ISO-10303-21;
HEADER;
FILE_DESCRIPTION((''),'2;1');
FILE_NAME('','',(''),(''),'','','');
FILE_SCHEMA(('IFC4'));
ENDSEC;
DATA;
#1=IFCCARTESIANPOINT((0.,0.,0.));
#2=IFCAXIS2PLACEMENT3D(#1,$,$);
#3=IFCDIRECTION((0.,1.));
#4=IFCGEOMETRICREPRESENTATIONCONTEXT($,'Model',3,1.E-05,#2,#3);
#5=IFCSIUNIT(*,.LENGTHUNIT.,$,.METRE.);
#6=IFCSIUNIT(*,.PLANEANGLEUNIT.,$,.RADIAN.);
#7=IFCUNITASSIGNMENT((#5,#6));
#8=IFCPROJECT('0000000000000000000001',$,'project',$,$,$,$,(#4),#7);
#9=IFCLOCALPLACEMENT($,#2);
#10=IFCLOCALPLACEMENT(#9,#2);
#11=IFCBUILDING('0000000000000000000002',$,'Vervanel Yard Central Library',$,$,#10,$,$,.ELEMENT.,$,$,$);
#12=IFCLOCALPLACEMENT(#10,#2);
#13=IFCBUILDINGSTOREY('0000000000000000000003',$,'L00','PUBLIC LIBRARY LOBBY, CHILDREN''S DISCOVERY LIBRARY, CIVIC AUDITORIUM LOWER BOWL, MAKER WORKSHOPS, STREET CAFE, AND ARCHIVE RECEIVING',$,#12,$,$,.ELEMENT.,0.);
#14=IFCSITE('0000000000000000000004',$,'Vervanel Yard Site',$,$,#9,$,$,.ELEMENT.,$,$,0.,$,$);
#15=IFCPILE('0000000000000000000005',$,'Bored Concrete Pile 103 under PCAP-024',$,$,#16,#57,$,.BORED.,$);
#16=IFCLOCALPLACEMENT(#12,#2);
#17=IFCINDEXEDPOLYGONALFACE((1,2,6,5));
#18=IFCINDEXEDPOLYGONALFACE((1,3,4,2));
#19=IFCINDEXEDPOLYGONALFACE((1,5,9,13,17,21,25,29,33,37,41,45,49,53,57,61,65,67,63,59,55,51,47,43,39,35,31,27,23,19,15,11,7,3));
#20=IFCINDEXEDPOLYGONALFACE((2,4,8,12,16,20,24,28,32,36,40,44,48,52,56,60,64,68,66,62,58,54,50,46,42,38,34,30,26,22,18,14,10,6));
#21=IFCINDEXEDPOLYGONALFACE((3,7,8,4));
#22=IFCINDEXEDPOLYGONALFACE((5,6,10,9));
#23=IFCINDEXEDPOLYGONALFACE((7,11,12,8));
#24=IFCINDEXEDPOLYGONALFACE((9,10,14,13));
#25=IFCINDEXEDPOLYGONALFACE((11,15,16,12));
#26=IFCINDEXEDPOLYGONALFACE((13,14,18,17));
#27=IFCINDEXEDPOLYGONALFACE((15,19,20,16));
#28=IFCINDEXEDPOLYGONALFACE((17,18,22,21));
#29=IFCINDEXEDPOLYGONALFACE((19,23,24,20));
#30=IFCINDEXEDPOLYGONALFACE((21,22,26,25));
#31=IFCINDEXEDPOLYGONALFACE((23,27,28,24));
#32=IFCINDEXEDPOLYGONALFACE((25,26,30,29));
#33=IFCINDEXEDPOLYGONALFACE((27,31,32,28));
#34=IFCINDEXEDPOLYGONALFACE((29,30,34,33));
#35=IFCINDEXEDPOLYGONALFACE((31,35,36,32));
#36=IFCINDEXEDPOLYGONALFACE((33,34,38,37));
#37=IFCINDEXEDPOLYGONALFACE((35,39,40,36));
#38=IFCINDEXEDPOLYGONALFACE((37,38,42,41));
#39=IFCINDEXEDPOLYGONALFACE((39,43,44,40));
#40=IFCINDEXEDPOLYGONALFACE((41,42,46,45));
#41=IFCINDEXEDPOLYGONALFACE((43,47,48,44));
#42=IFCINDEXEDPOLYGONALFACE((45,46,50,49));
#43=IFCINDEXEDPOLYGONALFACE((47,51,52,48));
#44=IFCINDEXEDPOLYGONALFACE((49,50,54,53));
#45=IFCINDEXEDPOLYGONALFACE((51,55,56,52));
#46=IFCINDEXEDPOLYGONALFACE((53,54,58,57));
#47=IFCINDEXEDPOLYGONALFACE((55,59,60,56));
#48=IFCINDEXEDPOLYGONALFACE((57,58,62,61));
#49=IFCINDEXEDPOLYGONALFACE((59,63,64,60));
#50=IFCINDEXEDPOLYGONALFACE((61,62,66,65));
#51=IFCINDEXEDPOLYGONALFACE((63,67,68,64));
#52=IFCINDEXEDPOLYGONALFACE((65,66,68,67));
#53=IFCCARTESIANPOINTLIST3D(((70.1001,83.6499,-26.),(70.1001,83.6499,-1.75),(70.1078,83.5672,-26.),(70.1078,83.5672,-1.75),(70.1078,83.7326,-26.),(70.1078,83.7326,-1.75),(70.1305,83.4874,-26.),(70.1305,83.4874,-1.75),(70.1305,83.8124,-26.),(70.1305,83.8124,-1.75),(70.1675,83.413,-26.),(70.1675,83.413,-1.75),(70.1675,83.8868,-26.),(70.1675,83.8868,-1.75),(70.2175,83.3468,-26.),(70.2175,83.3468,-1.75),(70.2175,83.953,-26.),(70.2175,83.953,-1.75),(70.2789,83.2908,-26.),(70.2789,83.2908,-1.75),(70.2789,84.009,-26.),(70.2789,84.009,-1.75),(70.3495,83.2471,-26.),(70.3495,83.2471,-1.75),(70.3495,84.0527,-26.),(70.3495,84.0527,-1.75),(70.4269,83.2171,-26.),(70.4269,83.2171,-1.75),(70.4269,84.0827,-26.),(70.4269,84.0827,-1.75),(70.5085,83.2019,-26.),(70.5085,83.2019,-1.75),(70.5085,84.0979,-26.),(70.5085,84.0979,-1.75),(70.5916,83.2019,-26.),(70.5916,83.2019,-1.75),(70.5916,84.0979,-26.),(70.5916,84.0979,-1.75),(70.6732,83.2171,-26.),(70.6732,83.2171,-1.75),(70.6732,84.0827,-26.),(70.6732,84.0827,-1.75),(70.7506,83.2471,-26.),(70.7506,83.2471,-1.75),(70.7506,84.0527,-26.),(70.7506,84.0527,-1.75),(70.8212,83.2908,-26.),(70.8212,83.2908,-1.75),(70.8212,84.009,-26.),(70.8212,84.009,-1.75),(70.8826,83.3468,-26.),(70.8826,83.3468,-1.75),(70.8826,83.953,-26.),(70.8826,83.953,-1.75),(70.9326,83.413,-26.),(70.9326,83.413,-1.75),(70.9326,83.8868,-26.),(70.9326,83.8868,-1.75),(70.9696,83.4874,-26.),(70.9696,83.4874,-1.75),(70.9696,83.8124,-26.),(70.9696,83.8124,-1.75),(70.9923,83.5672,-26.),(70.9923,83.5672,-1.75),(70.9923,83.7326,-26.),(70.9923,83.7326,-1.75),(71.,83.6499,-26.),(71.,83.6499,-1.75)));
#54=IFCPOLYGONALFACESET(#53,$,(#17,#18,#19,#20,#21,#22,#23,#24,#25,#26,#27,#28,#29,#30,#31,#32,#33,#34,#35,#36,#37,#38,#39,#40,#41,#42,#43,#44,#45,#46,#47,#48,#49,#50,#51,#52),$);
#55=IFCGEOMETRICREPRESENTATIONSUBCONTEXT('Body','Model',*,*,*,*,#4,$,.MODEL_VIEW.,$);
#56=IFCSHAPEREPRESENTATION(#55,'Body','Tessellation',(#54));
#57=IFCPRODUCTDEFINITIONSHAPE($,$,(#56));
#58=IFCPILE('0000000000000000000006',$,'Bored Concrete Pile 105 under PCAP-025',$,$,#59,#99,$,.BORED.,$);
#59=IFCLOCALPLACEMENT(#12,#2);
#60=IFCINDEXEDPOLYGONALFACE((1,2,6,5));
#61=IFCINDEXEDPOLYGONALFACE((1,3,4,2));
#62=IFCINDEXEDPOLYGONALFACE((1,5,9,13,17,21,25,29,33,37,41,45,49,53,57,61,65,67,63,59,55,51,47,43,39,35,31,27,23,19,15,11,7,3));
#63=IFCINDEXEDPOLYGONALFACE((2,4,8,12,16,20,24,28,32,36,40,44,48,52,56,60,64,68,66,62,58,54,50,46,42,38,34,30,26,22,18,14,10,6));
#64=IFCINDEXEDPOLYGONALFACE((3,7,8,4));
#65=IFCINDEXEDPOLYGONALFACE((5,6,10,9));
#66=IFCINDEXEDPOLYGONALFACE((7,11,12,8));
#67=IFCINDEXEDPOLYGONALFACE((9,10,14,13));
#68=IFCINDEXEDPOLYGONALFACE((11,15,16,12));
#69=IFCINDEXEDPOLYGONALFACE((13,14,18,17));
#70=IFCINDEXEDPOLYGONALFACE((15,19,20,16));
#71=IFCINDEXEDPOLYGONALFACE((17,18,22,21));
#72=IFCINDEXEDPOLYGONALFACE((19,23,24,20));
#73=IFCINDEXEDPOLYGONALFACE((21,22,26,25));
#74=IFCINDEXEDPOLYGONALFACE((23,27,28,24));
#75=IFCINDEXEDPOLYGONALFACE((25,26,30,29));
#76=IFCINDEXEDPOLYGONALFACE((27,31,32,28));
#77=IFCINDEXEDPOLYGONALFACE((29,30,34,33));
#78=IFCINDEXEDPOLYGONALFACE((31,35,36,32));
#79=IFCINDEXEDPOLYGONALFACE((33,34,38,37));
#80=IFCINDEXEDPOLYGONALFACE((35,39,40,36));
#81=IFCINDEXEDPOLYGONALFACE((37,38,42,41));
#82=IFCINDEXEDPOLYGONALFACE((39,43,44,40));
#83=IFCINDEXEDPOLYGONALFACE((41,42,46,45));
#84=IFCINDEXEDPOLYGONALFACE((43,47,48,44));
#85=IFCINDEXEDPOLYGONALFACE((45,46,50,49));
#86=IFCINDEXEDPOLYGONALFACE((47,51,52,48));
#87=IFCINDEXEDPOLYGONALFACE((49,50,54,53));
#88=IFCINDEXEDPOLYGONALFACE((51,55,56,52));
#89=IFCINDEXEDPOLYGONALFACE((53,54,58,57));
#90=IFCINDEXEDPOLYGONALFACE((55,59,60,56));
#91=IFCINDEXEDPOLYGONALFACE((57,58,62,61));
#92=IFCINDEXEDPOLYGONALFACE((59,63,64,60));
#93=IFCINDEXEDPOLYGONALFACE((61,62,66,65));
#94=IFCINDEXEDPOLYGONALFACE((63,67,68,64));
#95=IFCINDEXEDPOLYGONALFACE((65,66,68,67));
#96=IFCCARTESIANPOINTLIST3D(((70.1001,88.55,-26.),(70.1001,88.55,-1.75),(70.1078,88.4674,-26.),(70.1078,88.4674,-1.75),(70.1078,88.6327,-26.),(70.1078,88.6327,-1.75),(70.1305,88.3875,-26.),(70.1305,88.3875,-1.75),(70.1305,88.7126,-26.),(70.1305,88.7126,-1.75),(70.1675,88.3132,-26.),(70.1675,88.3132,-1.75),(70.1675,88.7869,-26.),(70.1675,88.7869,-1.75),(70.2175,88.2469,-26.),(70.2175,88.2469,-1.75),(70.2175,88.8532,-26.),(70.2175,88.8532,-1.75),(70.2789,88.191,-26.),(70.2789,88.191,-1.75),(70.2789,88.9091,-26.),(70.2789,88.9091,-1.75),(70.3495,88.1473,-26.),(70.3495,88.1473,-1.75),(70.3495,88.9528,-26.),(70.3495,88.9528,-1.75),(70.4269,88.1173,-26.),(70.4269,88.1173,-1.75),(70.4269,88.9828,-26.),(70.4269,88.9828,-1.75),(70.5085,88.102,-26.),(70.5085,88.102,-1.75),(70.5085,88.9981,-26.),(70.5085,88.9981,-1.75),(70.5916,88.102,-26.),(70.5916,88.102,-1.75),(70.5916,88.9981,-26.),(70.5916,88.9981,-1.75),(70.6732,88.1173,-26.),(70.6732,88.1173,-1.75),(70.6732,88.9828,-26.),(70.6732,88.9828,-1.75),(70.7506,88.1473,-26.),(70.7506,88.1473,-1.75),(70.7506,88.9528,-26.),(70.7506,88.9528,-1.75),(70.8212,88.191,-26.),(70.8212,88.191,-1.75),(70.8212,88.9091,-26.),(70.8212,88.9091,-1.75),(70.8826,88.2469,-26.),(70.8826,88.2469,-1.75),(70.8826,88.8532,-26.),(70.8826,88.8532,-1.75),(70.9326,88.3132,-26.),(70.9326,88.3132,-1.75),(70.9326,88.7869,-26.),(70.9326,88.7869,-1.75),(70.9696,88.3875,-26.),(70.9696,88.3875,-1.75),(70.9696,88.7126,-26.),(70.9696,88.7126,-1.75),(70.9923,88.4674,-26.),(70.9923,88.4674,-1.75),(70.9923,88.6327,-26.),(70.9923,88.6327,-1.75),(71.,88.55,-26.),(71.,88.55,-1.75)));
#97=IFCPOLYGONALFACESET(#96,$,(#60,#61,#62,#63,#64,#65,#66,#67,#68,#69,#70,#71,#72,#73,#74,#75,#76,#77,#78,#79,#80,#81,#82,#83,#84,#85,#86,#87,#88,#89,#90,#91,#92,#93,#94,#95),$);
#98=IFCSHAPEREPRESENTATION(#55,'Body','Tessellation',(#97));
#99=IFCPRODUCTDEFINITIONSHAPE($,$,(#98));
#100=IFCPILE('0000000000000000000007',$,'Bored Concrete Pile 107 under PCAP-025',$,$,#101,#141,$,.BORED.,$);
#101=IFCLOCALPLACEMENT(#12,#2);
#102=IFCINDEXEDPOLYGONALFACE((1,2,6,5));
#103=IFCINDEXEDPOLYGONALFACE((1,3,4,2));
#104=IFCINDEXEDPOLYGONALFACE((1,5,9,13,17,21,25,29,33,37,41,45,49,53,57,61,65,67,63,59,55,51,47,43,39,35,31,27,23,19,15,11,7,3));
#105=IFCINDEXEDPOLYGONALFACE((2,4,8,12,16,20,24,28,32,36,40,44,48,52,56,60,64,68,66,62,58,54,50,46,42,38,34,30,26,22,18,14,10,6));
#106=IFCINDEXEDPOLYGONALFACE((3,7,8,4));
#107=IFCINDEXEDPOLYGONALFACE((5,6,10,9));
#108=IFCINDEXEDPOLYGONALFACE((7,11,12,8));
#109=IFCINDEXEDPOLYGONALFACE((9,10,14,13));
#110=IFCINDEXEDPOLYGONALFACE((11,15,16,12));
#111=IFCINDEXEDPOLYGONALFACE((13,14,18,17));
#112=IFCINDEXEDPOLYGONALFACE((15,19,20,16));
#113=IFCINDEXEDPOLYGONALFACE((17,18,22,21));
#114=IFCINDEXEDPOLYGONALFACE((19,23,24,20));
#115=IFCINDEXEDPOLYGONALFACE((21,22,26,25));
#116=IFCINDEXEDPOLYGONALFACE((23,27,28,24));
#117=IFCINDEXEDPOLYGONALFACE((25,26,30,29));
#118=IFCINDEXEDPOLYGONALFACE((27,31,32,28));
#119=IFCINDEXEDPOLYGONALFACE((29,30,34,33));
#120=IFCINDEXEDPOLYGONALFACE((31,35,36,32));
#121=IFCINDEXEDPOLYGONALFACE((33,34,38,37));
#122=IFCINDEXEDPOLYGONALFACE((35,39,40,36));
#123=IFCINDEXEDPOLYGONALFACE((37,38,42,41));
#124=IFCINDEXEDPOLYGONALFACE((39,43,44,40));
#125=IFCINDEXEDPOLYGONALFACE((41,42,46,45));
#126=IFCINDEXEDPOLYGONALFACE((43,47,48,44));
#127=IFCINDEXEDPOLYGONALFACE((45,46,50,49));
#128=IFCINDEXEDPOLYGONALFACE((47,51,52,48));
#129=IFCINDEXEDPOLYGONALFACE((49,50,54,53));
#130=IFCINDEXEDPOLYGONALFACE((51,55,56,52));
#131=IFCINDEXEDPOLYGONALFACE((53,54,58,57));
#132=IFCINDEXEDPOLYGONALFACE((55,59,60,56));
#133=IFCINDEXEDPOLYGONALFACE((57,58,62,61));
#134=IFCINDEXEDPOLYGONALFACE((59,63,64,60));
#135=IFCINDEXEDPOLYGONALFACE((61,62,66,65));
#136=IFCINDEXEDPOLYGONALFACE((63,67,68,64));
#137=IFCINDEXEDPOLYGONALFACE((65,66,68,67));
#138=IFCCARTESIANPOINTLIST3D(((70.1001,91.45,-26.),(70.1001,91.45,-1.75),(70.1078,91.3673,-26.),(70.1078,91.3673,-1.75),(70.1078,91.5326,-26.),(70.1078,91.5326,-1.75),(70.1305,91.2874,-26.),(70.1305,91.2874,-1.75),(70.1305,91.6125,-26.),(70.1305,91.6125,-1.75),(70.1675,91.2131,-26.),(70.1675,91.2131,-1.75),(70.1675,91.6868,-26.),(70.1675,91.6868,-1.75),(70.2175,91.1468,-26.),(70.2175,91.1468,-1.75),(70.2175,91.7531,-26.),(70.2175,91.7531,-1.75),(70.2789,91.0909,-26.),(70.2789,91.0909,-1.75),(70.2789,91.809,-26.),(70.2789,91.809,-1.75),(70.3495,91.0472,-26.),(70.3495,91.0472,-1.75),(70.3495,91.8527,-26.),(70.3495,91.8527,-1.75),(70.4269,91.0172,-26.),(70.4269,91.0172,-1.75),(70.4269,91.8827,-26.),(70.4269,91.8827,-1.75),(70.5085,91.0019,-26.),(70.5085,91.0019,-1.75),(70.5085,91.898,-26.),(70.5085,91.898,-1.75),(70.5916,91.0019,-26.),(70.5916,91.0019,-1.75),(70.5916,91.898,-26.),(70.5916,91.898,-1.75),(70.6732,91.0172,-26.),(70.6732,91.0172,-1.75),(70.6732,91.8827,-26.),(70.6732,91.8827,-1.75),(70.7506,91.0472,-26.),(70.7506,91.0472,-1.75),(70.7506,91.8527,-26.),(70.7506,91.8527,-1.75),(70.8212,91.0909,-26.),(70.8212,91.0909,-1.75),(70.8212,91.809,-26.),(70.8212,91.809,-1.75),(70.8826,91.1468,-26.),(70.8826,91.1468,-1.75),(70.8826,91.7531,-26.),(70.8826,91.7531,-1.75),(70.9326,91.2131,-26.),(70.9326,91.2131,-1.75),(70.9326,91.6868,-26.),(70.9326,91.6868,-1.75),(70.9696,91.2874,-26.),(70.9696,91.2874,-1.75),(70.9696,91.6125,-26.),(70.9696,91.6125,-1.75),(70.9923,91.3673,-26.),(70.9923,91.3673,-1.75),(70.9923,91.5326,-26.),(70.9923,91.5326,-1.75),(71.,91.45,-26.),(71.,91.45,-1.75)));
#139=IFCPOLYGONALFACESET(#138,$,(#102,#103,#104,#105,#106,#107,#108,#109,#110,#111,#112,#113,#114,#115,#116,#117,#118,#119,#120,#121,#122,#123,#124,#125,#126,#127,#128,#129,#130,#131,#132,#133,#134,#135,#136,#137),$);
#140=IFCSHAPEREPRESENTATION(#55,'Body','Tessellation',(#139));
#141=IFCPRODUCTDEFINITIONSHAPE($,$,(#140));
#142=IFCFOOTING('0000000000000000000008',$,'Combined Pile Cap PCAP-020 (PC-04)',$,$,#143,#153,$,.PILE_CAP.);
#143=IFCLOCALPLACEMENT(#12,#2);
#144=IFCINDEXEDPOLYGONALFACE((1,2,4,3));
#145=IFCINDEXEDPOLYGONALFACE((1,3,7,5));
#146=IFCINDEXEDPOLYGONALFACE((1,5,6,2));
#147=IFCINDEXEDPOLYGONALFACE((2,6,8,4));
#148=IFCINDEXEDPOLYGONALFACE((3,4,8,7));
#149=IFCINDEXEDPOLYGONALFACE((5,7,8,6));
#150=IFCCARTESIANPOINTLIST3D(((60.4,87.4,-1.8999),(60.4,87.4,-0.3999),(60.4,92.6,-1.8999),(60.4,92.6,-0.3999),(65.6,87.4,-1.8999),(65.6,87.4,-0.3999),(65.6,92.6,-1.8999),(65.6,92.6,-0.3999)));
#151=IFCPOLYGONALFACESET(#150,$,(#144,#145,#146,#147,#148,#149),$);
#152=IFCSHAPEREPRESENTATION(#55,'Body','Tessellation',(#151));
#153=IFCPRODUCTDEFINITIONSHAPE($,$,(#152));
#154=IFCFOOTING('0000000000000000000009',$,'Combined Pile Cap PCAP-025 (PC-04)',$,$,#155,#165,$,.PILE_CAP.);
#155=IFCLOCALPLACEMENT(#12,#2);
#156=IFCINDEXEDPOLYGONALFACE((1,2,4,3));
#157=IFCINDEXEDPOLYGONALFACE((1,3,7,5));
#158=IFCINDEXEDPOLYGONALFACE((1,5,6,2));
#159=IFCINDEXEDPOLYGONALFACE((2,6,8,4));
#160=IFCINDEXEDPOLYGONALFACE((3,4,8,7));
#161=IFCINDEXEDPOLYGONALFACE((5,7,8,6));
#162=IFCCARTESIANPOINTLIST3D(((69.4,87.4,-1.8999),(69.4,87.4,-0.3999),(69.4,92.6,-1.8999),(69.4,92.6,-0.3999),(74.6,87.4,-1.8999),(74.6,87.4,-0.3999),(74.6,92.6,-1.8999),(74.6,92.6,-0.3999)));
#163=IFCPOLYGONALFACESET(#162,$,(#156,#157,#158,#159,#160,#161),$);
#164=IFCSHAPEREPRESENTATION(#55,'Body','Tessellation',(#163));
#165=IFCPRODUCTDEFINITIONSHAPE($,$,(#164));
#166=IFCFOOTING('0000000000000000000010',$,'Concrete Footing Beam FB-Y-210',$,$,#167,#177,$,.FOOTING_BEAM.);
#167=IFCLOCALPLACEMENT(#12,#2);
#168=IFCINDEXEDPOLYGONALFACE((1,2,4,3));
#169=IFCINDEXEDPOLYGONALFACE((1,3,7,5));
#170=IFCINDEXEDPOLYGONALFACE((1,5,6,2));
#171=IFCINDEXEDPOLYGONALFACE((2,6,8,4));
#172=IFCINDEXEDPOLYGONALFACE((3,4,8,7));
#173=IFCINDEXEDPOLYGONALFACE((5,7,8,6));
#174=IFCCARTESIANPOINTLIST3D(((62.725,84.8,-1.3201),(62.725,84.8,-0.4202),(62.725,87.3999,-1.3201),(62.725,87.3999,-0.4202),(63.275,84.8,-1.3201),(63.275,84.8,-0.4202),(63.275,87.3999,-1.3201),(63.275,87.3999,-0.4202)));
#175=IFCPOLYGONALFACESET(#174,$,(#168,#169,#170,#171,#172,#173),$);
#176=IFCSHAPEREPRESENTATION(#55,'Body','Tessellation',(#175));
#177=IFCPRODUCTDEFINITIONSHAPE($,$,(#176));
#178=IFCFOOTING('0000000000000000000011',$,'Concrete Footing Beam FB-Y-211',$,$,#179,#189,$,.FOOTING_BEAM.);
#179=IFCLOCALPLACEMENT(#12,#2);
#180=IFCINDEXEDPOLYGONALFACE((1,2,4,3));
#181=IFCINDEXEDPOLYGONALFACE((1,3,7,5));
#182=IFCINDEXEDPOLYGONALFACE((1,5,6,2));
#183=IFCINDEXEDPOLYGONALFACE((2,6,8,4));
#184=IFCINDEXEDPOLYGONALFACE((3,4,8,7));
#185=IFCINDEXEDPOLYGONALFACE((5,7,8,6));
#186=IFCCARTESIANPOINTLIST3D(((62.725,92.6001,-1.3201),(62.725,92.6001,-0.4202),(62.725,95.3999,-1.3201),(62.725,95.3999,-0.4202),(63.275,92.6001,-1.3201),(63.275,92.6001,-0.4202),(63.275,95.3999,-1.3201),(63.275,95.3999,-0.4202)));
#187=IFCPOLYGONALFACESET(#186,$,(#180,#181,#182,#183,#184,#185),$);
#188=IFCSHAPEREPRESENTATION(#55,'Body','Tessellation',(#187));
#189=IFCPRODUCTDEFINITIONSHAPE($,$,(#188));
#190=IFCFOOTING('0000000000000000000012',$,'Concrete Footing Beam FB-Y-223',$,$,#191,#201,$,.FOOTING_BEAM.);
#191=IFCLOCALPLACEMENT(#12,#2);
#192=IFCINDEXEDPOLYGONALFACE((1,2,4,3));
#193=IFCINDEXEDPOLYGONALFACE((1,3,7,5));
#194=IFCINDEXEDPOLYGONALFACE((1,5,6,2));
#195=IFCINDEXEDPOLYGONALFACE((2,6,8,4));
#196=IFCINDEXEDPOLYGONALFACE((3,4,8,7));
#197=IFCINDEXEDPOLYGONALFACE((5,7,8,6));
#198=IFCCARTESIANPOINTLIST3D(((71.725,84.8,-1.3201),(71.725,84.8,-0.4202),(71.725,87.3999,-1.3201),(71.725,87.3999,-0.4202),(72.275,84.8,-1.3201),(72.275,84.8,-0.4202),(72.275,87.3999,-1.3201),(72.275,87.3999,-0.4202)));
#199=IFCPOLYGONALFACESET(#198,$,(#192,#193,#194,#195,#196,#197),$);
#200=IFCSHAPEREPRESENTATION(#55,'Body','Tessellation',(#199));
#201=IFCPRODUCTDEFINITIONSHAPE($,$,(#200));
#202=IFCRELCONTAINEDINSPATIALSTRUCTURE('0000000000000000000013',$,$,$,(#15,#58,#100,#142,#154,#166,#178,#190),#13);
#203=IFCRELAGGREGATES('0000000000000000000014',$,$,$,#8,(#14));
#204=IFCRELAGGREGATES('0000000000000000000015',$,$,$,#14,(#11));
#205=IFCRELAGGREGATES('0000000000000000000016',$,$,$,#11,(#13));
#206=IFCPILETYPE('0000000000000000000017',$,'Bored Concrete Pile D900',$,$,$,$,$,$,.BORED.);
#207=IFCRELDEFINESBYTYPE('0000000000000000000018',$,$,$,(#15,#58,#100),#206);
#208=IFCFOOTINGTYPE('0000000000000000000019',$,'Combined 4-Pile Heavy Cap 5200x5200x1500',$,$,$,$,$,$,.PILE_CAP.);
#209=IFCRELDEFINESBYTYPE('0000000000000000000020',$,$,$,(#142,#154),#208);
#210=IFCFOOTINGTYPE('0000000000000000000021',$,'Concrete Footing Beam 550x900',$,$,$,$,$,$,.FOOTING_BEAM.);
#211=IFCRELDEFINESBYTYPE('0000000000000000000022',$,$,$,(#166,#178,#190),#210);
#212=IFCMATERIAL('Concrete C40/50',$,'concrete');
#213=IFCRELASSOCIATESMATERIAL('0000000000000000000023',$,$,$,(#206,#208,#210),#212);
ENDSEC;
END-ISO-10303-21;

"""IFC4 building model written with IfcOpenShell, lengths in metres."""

from ifc_helpers import new_model, si_unit, direction, frame, origin, origin_2d, place, context, subcontext, project, spatial, rectangle, circle, extrude, material, material_profile, profile_set, type_object, element, save


model = new_model("IFC4")

# Units and contexts
model_context = context("Model", 3, precision=1e-05, world=origin(), true_north=direction((0.0, 1.0)))
body_context = subcontext(model_context, "Body", "Model", "MODEL_VIEW")
ifc_project = project(units=[si_unit("LENGTHUNIT", "METRE"), si_unit("PLANEANGLEUNIT", "RADIAN")], contexts=[model_context])

# Site, building, storey
site_placement = place(None, origin())
site = spatial("IfcSite", under=ifc_project, at=site_placement, Name="Vervanel Yard Site", CompositionType="ELEMENT", RefElevation=0.0)
building_placement = place(site_placement, origin())
building = spatial("IfcBuilding", under=site, at=building_placement, Name="Vervanel Yard Central Library", CompositionType="ELEMENT")
storey_placement = place(building_placement, origin())
storey = spatial("IfcBuildingStorey", under=building, at=storey_placement, Name="L00", Description="PUBLIC LIBRARY LOBBY, CHILDREN'S DISCOVERY LIBRARY, CIVIC AUDITORIUM LOWER BOWL, MAKER WORKSHOPS, STREET CAFE, AND ARCHIVE RECEIVING", CompositionType="ELEMENT", Elevation=0.0)

# Piles
ifc_material_1 = material(Name="Concrete C40/50", Category="concrete")
ifc_material_profile_1 = material_profile(ifc_material_1, circle(Radius=0.45, at=origin_2d()), Name="BP D900", Category="concrete")
ifc_profile_set_1 = profile_set([ifc_material_profile_1], Name="Concrete C40/50")
pile_type = type_object("IfcPileType", Name="Bored Concrete Pile D900", PredefinedType="BORED", material=ifc_profile_set_1)
for number, where, z_axis, x_axis, name in (
    (1, (70.55, 83.6499, -1.75), (0.0, 0.0, -1.0), (1.0, 0.0, 0.0), "Bored Concrete Pile 103 under PCAP-024"),
    (2, (70.55, 88.55, -1.75), (0.0, 0.0, -1.0), (1.0, 0.0, 0.0), "Bored Concrete Pile 105 under PCAP-025"),
    (3, (70.55, 91.45, -1.75), (0.0, 0.0, -1.0), (1.0, 0.0, 0.0), "Bored Concrete Pile 107 under PCAP-025"),
):
    element("IfcPile", number, at=place(storey_placement, frame(where, z_axis=z_axis, x_axis=x_axis)), inside=storey, type_object=pile_type, Name=name, PredefinedType="BORED", context=body_context, shape_type="SweptSolid", body=[
        extrude(circle(Radius=0.45, at=origin_2d()), origin(), (0.0, 0.0, 1.0), 24.25),
    ])

# Footings
footing_type_1 = type_object("IfcFootingType", Name="Combined 4-Pile Heavy Cap 5200x5200x1500", PredefinedType="PILE_CAP", material=ifc_material_1)
for number, where, z_axis, x_axis, name in (
    (4, (63.0, 90.0, -1.8999), (0.0, 0.0, 1.0), (1.0, 0.0, 0.0), "Combined Pile Cap PCAP-020 (PC-04)"),
    (5, (72.0, 90.0, -1.8999), (0.0, 0.0, 1.0), (1.0, 0.0, 0.0), "Combined Pile Cap PCAP-025 (PC-04)"),
):
    element("IfcFooting", number, at=place(storey_placement, frame(where, z_axis=z_axis, x_axis=x_axis)), inside=storey, type_object=footing_type_1, Name=name, PredefinedType="PILE_CAP", context=body_context, shape_type="SweptSolid", body=[
        extrude(rectangle(XDim=5.2, YDim=5.2, at=origin_2d()), origin(), (0.0, 0.0, 1.0), 1.5),
    ])
ifc_material_profile_2 = material_profile(ifc_material_1, rectangle(XDim=0.55, YDim=0.8999, at=origin_2d()), Name="RC 550x900", Category="concrete")
ifc_profile_set_2 = profile_set([ifc_material_profile_2], Name="Concrete C40/50")
footing_type_2 = type_object("IfcFootingType", Name="Concrete Footing Beam 550x900", PredefinedType="FOOTING_BEAM", material=ifc_profile_set_2)
footing_1_placement = place(storey_placement, frame((63.0, 84.8, -0.8701), z_axis=(0.0, 1.0, 0.0), x_axis=(-1.0, 0.0, 0.0)))
element("IfcFooting", 6, at=footing_1_placement, inside=storey, type_object=footing_type_2, Name="Concrete Footing Beam FB-Y-210", PredefinedType="FOOTING_BEAM", context=body_context, shape_type="SweptSolid", body=[
    extrude(rectangle(XDim=0.55, YDim=0.8999, at=origin_2d()), origin(), (0.0, 0.0, 1.0), 2.5999),
])
footing_2_placement = place(storey_placement, frame((63.0, 92.6001, -0.8701), z_axis=(0.0, 1.0, 0.0), x_axis=(-1.0, 0.0, 0.0)))
element("IfcFooting", 7, at=footing_2_placement, inside=storey, type_object=footing_type_2, Name="Concrete Footing Beam FB-Y-211", PredefinedType="FOOTING_BEAM", context=body_context, shape_type="SweptSolid", body=[
    extrude(rectangle(XDim=0.55, YDim=0.8999, at=origin_2d()), origin(), (0.0, 0.0, 1.0), 2.7998),
])
footing_3_placement = place(storey_placement, frame((72.0, 84.8, -0.8701), z_axis=(0.0, 1.0, 0.0), x_axis=(-1.0, 0.0, 0.0)))
element("IfcFooting", 8, at=footing_3_placement, inside=storey, type_object=footing_type_2, Name="Concrete Footing Beam FB-Y-223", PredefinedType="FOOTING_BEAM", context=body_context, shape_type="SweptSolid", body=[
    extrude(rectangle(XDim=0.55, YDim=0.8999, at=origin_2d()), origin(), (0.0, 0.0, 1.0), 2.5999),
])

save(model, "model.ifc")
